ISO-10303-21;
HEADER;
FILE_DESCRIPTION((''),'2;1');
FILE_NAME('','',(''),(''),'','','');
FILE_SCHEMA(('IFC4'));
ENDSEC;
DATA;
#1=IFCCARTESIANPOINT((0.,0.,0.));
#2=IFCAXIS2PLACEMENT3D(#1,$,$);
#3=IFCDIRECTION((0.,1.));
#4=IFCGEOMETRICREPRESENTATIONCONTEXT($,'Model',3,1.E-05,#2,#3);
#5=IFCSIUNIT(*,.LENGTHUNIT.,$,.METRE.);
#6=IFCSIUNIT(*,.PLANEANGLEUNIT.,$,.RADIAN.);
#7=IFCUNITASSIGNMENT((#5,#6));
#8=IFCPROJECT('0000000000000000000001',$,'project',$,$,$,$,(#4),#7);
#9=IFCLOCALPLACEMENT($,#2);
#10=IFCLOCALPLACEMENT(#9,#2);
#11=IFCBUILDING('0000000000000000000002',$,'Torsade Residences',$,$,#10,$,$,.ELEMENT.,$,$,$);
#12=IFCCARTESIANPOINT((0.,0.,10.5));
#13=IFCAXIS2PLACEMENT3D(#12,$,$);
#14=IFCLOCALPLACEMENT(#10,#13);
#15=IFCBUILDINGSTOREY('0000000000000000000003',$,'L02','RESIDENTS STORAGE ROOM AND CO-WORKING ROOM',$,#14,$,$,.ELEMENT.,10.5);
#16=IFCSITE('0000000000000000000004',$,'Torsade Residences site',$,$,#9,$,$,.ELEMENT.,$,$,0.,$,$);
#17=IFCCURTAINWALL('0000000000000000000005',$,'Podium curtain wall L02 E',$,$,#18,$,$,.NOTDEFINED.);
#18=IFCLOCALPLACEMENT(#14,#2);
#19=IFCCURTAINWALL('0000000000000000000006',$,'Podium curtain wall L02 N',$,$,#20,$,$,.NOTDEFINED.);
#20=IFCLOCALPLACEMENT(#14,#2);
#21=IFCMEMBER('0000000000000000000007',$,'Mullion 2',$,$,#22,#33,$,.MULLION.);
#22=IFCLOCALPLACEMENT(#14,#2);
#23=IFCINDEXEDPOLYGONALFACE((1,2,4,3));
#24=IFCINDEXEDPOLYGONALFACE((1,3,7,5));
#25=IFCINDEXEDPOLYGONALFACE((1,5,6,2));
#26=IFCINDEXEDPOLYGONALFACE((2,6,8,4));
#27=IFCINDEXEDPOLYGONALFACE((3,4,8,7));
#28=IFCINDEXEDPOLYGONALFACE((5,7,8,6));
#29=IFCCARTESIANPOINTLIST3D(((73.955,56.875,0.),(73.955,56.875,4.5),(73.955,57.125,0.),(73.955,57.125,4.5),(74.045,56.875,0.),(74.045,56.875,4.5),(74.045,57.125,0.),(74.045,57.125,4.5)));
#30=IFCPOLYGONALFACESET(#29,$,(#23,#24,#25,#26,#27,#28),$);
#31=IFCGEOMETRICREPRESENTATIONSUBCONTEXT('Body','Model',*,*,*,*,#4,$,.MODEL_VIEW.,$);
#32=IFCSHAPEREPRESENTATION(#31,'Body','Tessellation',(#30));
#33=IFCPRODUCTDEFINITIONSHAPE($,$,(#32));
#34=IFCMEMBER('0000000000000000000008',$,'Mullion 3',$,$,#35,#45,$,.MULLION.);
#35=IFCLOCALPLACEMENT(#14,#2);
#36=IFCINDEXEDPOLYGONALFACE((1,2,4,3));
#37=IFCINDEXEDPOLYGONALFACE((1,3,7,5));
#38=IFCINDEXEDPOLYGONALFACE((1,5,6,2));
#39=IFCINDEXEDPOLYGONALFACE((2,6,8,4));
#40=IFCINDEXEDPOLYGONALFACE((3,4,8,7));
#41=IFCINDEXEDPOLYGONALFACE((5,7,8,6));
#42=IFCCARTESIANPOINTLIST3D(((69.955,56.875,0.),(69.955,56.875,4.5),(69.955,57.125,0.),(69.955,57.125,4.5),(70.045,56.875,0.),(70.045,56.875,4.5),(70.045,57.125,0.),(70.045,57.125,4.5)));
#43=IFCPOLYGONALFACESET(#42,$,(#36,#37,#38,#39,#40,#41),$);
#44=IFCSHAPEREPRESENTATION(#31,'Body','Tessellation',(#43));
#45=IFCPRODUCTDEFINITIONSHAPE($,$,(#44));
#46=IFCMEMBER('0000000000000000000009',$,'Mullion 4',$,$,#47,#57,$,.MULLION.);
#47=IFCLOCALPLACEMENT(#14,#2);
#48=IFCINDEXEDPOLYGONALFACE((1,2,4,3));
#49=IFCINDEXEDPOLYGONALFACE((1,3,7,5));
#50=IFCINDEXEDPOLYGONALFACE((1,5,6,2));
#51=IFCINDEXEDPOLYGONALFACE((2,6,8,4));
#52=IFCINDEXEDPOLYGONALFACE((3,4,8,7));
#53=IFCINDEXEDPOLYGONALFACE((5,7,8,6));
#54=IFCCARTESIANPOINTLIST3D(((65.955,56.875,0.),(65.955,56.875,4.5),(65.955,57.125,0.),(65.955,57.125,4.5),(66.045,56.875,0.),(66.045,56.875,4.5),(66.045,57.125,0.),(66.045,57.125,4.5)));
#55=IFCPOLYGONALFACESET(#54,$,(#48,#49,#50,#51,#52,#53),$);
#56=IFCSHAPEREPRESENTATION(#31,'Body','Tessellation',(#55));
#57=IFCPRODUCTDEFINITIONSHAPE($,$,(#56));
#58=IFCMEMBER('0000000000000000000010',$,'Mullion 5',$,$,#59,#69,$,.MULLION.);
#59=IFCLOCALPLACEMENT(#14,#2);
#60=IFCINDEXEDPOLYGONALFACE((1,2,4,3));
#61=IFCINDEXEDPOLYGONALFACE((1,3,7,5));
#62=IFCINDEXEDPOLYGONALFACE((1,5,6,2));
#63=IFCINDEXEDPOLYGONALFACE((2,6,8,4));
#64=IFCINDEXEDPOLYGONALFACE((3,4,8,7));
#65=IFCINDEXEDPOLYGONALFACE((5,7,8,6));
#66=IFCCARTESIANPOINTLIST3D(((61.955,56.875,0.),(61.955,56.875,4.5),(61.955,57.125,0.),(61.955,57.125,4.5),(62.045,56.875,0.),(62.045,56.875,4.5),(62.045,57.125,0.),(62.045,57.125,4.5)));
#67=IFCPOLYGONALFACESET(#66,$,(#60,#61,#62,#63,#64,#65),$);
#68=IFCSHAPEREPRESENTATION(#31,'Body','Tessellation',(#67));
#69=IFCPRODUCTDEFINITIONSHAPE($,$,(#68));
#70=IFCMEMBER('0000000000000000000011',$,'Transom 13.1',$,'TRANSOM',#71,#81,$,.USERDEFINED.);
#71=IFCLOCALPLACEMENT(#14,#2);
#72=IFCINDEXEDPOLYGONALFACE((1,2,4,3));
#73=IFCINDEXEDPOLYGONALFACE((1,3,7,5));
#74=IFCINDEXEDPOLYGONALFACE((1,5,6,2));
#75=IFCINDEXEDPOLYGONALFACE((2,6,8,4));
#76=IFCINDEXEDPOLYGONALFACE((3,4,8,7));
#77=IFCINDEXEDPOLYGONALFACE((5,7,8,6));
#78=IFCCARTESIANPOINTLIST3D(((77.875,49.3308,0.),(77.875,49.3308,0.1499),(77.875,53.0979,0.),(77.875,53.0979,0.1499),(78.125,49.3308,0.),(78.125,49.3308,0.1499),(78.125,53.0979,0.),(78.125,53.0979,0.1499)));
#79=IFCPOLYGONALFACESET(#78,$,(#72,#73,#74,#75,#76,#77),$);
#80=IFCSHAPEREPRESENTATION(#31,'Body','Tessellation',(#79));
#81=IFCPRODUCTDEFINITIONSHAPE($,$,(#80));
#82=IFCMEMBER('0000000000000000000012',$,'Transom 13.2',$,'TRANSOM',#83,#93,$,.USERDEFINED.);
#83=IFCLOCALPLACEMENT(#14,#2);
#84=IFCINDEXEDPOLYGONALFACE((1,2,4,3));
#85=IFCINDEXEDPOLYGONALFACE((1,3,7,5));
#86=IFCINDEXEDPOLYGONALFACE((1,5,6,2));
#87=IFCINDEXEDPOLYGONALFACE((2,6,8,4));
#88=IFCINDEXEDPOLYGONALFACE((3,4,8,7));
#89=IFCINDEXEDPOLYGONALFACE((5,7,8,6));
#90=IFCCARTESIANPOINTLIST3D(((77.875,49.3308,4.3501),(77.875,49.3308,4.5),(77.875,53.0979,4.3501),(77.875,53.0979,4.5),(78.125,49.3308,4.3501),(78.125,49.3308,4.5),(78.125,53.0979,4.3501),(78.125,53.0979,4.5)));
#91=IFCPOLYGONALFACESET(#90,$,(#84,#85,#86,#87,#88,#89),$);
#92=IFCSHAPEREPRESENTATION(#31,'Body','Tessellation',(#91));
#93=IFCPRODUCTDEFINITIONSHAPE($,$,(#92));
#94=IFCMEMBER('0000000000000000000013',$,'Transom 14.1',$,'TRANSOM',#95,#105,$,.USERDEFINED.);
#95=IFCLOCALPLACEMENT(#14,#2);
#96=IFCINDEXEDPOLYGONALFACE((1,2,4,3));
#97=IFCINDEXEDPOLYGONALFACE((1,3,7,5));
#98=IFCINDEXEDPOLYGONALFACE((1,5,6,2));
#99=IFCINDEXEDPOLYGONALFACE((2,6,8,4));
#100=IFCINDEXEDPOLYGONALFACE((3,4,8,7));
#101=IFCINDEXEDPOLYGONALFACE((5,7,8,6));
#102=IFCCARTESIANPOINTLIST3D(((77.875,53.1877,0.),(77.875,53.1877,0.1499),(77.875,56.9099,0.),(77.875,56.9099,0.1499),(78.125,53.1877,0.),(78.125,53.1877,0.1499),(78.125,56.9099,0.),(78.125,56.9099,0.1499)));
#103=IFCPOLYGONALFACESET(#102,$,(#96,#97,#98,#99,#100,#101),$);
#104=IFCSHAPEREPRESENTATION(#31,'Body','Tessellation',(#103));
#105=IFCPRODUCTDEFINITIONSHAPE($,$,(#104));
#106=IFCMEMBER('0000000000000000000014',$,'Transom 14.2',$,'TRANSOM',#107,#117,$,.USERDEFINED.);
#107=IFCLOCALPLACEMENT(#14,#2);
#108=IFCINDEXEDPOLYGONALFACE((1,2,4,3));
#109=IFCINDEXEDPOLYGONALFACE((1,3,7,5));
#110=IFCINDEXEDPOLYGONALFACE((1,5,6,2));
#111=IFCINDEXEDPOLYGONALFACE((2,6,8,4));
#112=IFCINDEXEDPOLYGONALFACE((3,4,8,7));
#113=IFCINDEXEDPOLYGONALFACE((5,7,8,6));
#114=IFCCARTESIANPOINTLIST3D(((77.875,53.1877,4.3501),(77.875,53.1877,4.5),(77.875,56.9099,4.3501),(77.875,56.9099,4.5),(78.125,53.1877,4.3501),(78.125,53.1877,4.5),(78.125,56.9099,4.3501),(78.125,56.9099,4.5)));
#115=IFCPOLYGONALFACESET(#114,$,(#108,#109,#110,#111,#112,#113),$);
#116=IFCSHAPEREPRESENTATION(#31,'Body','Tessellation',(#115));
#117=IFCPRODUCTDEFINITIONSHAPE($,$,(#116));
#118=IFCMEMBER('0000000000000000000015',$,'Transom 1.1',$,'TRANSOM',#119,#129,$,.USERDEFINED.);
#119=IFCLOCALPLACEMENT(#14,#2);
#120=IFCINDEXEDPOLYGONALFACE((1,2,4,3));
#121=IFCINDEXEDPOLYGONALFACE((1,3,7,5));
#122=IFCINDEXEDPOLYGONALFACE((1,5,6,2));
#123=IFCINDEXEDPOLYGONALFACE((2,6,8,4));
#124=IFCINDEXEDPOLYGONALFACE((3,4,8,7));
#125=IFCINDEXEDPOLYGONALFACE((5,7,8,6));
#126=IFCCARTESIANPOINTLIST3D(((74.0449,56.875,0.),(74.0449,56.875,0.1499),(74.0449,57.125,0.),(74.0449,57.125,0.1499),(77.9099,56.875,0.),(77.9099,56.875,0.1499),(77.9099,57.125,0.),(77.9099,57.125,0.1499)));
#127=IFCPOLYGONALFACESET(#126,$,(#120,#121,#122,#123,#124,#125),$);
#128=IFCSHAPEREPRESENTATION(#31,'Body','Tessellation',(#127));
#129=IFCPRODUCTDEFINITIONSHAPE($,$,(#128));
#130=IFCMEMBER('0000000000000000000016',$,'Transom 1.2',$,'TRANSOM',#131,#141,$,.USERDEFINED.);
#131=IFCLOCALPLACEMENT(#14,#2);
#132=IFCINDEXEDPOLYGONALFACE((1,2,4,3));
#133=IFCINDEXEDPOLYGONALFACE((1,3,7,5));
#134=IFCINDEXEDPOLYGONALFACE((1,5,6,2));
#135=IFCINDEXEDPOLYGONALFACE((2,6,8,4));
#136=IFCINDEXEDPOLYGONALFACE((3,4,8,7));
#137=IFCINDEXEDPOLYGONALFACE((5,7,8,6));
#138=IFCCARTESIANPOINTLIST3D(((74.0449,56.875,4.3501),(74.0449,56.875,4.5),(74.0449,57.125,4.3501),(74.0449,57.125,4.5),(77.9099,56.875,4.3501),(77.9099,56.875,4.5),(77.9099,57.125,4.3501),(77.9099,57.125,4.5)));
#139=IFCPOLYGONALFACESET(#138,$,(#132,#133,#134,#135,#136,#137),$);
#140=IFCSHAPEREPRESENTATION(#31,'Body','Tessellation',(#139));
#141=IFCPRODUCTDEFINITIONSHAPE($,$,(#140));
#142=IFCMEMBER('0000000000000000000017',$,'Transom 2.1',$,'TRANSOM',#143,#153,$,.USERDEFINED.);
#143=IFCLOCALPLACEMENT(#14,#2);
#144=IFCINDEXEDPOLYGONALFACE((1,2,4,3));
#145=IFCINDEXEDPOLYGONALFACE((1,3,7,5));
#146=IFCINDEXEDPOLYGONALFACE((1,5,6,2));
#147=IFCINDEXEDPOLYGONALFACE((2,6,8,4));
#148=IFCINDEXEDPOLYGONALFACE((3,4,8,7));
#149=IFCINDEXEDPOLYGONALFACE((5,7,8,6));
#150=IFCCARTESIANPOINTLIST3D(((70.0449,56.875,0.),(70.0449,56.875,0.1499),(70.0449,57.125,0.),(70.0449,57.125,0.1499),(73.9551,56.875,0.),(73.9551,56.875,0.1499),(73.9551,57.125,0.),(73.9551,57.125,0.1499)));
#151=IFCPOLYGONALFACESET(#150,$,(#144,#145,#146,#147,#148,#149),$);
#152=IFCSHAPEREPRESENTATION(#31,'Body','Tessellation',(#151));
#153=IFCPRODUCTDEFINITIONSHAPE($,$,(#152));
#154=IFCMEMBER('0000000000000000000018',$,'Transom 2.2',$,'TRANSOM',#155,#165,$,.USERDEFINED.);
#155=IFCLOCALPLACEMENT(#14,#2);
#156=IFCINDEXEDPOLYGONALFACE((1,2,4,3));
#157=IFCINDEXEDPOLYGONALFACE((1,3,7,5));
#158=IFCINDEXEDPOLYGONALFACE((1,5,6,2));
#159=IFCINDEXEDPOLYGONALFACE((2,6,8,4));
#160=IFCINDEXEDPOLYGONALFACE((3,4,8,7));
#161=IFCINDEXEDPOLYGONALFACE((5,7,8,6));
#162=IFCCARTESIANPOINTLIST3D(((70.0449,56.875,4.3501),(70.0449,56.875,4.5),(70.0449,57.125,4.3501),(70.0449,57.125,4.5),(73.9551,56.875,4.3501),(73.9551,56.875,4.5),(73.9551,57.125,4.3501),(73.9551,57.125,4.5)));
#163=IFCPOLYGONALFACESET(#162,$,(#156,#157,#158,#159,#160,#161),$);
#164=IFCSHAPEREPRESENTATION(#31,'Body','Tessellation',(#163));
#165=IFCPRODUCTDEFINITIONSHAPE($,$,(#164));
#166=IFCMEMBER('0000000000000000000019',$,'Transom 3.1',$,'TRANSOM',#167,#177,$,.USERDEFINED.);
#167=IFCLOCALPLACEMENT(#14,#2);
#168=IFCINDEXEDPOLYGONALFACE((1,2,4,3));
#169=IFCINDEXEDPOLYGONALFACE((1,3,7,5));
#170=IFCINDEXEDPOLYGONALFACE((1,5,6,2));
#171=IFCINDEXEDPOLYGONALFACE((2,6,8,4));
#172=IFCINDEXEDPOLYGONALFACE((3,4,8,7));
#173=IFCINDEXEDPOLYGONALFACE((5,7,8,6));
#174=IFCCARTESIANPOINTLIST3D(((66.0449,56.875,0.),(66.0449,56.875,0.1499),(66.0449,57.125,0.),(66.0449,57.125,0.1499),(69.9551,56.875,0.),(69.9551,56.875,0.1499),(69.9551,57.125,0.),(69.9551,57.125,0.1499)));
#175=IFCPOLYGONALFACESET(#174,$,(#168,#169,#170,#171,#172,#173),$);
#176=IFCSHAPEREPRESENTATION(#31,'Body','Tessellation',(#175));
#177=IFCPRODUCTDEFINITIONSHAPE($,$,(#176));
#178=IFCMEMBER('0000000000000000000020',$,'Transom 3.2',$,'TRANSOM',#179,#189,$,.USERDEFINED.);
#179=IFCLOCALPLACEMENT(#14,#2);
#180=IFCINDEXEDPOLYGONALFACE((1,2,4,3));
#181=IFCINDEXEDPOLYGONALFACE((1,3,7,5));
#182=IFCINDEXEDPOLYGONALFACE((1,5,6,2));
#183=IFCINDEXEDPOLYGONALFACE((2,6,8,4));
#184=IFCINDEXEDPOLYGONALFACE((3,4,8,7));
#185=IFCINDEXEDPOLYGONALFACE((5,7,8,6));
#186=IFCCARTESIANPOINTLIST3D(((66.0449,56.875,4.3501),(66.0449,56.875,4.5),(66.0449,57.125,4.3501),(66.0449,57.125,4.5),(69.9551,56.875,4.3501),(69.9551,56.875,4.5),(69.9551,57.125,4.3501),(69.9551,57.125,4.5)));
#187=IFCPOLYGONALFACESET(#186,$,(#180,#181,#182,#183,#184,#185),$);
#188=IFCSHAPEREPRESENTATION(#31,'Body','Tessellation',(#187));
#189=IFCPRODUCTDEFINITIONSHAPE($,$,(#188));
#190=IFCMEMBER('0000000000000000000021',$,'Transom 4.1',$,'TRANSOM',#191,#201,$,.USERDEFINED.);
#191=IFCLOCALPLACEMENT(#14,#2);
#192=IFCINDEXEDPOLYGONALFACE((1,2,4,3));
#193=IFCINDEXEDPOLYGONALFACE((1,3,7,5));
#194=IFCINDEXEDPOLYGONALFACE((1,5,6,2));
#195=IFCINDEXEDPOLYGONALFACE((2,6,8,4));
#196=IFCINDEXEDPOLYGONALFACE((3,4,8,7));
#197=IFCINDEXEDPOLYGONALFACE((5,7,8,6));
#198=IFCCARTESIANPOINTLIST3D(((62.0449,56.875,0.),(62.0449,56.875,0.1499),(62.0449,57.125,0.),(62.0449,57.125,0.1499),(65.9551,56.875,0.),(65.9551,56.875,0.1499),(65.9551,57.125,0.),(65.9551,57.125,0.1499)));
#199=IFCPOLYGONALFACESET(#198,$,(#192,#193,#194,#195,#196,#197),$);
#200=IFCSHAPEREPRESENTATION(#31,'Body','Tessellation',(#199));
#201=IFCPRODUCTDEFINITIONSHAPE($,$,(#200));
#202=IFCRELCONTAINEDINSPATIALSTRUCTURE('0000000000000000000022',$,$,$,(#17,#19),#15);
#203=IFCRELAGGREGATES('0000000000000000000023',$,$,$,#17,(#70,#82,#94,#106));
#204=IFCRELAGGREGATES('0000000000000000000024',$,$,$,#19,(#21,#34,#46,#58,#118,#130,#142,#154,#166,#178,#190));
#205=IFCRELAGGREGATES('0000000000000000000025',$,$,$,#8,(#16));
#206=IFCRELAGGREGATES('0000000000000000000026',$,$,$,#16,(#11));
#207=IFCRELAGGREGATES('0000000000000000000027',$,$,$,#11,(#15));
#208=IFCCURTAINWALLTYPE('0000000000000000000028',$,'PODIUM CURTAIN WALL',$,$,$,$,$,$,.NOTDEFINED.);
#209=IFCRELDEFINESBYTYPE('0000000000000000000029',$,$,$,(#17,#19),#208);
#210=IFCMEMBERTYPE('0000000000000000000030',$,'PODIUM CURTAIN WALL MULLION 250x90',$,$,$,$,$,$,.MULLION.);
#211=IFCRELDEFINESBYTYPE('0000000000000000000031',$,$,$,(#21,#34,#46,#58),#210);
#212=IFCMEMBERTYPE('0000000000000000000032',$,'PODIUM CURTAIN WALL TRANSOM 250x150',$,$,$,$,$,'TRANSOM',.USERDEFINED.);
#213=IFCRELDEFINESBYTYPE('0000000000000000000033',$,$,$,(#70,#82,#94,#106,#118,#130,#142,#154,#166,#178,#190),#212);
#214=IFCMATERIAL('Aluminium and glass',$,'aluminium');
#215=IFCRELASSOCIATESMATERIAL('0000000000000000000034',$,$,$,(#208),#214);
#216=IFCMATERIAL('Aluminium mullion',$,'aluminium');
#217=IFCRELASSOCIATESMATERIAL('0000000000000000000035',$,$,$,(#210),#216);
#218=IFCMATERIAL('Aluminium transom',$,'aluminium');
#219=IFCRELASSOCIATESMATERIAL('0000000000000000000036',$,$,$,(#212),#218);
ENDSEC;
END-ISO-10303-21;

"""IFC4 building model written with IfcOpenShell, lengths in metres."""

from ifc_helpers import new_model, si_unit, direction, frame, origin, origin_2d, place, context, subcontext, project, spatial, rectangle, extrude, material, material_profile, profile_set, type_object, element, aggregate, save


model = new_model("IFC4")

# Units and contexts
model_context = context("Model", 3, precision=1e-05, world=origin(), true_north=direction((0.0, 1.0)))
body_context = subcontext(model_context, "Body", "Model", "MODEL_VIEW")
ifc_project = project(units=[si_unit("LENGTHUNIT", "METRE"), si_unit("PLANEANGLEUNIT", "RADIAN")], contexts=[model_context])

# Site, building, storey
site_placement = place(None, origin())
site = spatial("IfcSite", under=ifc_project, at=site_placement, Name="Torsade Residences site", CompositionType="ELEMENT", RefElevation=0.0)
building_placement = place(site_placement, origin())
building = spatial("IfcBuilding", under=site, at=building_placement, Name="Torsade Residences", CompositionType="ELEMENT")
storey_placement = place(building_placement, frame((0.0, 0.0, 10.5)))
storey = spatial("IfcBuildingStorey", under=building, at=storey_placement, Name="L02", Description="RESIDENTS STORAGE ROOM AND CO-WORKING ROOM", CompositionType="ELEMENT", Elevation=10.5)

# Curtain walls, members
ifc_material_1 = material(Name="Aluminium and glass", Category="aluminium")
curtain_wall_type = type_object("IfcCurtainWallType", Name="PODIUM CURTAIN WALL", PredefinedType="NOTDEFINED", material=ifc_material_1)
curtain_wall_1_placement = place(storey_placement, origin())
curtain_wall_1 = element("IfcCurtainWall", 1, at=curtain_wall_1_placement, inside=storey, type_object=curtain_wall_type, Name="Podium curtain wall L02 E", PredefinedType="NOTDEFINED")
ifc_material_2 = material(Name="Aluminium mullion", Category="aluminium")
ifc_material_profile_1 = material_profile(ifc_material_2, rectangle(XDim=0.25, YDim=0.0901, at=origin_2d()), Name="PODIUM CURTAIN WALL MULLION 250x90")
ifc_profile_set_1 = profile_set([ifc_material_profile_1], Name="Aluminium mullion")
member_type_1 = type_object("IfcMemberType", Name="PODIUM CURTAIN WALL MULLION 250x90", PredefinedType="MULLION", material=ifc_profile_set_1)
curtain_wall_2_placement = place(storey_placement, origin())
curtain_wall_2 = element("IfcCurtainWall", 2, at=curtain_wall_2_placement, inside=storey, type_object=curtain_wall_type, Name="Podium curtain wall L02 N", PredefinedType="NOTDEFINED")
member_1_placement = place(storey_placement, frame((74.0, 57.0, 0.0), z_axis=(0.0, 0.0, 1.0), x_axis=(0.0, -1.0, 0.0)))
member_1 = element("IfcMember", 3, at=member_1_placement, type_object=member_type_1, Name="Mullion 2", PredefinedType="MULLION", context=body_context, shape_type="SweptSolid", body=[
    extrude(rectangle(XDim=0.25, YDim=0.0901, at=origin_2d()), origin(), (0.0, 0.0, 1.0), 4.5),
])
member_2_placement = place(storey_placement, frame((70.0, 57.0, 0.0), z_axis=(0.0, 0.0, 1.0), x_axis=(0.0, -1.0, 0.0)))
member_2 = element("IfcMember", 4, at=member_2_placement, type_object=member_type_1, Name="Mullion 3", PredefinedType="MULLION", context=body_context, shape_type="SweptSolid", body=[
    extrude(rectangle(XDim=0.25, YDim=0.0901, at=origin_2d()), origin(), (0.0, 0.0, 1.0), 4.5),
])
member_3_placement = place(storey_placement, frame((66.0, 57.0, 0.0), z_axis=(0.0, 0.0, 1.0), x_axis=(0.0, -1.0, 0.0)))
member_3 = element("IfcMember", 5, at=member_3_placement, type_object=member_type_1, Name="Mullion 4", PredefinedType="MULLION", context=body_context, shape_type="SweptSolid", body=[
    extrude(rectangle(XDim=0.25, YDim=0.0901, at=origin_2d()), origin(), (0.0, 0.0, 1.0), 4.5),
])
member_4_placement = place(storey_placement, frame((62.0, 57.0, 0.0), z_axis=(0.0, 0.0, 1.0), x_axis=(0.0, -1.0, 0.0)))
member_4 = element("IfcMember", 6, at=member_4_placement, type_object=member_type_1, Name="Mullion 5", PredefinedType="MULLION", context=body_context, shape_type="SweptSolid", body=[
    extrude(rectangle(XDim=0.25, YDim=0.0901, at=origin_2d()), origin(), (0.0, 0.0, 1.0), 4.5),
])

# Members
ifc_material_3 = material(Name="Aluminium transom", Category="aluminium")
ifc_material_profile_2 = material_profile(ifc_material_3, rectangle(XDim=0.25, YDim=0.1499, at=origin_2d()), Name="PODIUM CURTAIN WALL TRANSOM 250x150")
ifc_profile_set_2 = profile_set([ifc_material_profile_2], Name="Aluminium transom")
member_type_2 = type_object("IfcMemberType", Name="PODIUM CURTAIN WALL TRANSOM 250x150", ElementType="TRANSOM", PredefinedType="USERDEFINED", material=ifc_profile_set_2)
member_5_placement = place(storey_placement, frame((78.0, 49.3308, 0.075), z_axis=(0.0, 1.0, 0.0), x_axis=(-1.0, 0.0, 0.0)))
member_5 = element("IfcMember", 7, at=member_5_placement, type_object=member_type_2, Name="Transom 13.1", ObjectType="TRANSOM", PredefinedType="USERDEFINED", context=body_context, shape_type="SweptSolid", body=[
    extrude(rectangle(XDim=0.25, YDim=0.1499, at=origin_2d()), origin(), (0.0, 0.0, 1.0), 3.7671),
])
member_6_placement = place(storey_placement, frame((78.0, 49.3308, 4.425), z_axis=(0.0, 1.0, 0.0), x_axis=(-1.0, 0.0, 0.0)))
member_6 = element("IfcMember", 8, at=member_6_placement, type_object=member_type_2, Name="Transom 13.2", ObjectType="TRANSOM", PredefinedType="USERDEFINED", context=body_context, shape_type="SweptSolid", body=[
    extrude(rectangle(XDim=0.25, YDim=0.1499, at=origin_2d()), origin(), (0.0, 0.0, 1.0), 3.7671),
])
member_7_placement = place(storey_placement, frame((78.0, 53.1877, 0.075), z_axis=(0.0, 1.0, 0.0), x_axis=(-1.0, 0.0, 0.0)))
member_7 = element("IfcMember", 9, at=member_7_placement, type_object=member_type_2, Name="Transom 14.1", ObjectType="TRANSOM", PredefinedType="USERDEFINED", context=body_context, shape_type="SweptSolid", body=[
    extrude(rectangle(XDim=0.25, YDim=0.1499, at=origin_2d()), origin(), (0.0, 0.0, 1.0), 3.7222),
])
member_8_placement = place(storey_placement, frame((78.0, 53.1877, 4.425), z_axis=(0.0, 1.0, 0.0), x_axis=(-1.0, 0.0, 0.0)))
member_8 = element("IfcMember", 10, at=member_8_placement, type_object=member_type_2, Name="Transom 14.2", ObjectType="TRANSOM", PredefinedType="USERDEFINED", context=body_context, shape_type="SweptSolid", body=[
    extrude(rectangle(XDim=0.25, YDim=0.1499, at=origin_2d()), origin(), (0.0, 0.0, 1.0), 3.7222),
])
member_9_placement = place(storey_placement, frame((77.9099, 57.0, 0.075), z_axis=(-1.0, 0.0, 0.0), x_axis=(0.0, -1.0, 0.0)))
member_9 = element("IfcMember", 11, at=member_9_placement, type_object=member_type_2, Name="Transom 1.1", ObjectType="TRANSOM", PredefinedType="USERDEFINED", context=body_context, shape_type="SweptSolid", body=[
    extrude(rectangle(XDim=0.25, YDim=0.1499, at=origin_2d()), origin(), (0.0, 0.0, 1.0), 3.865),
])
member_10_placement = place(storey_placement, frame((77.9099, 57.0, 4.425), z_axis=(-1.0, 0.0, 0.0), x_axis=(0.0, -1.0, 0.0)))
member_10 = element("IfcMember", 12, at=member_10_placement, type_object=member_type_2, Name="Transom 1.2", ObjectType="TRANSOM", PredefinedType="USERDEFINED", context=body_context, shape_type="SweptSolid", body=[
    extrude(rectangle(XDim=0.25, YDim=0.1499, at=origin_2d()), origin(), (0.0, 0.0, 1.0), 3.865),
])
member_11_placement = place(storey_placement, frame((73.9551, 57.0, 0.075), z_axis=(-1.0, 0.0, 0.0), x_axis=(0.0, -1.0, 0.0)))
member_11 = element("IfcMember", 13, at=member_11_placement, type_object=member_type_2, Name="Transom 2.1", ObjectType="TRANSOM", PredefinedType="USERDEFINED", context=body_context, shape_type="SweptSolid", body=[
    extrude(rectangle(XDim=0.25, YDim=0.1499, at=origin_2d()), origin(), (0.0, 0.0, 1.0), 3.9102),
])
member_12_placement = place(storey_placement, frame((73.9551, 57.0, 4.425), z_axis=(-1.0, 0.0, 0.0), x_axis=(0.0, -1.0, 0.0)))
member_12 = element("IfcMember", 14, at=member_12_placement, type_object=member_type_2, Name="Transom 2.2", ObjectType="TRANSOM", PredefinedType="USERDEFINED", context=body_context, shape_type="SweptSolid", body=[
    extrude(rectangle(XDim=0.25, YDim=0.1499, at=origin_2d()), origin(), (0.0, 0.0, 1.0), 3.9102),
])
member_13_placement = place(storey_placement, frame((69.9551, 57.0, 0.075), z_axis=(-1.0, 0.0, 0.0), x_axis=(0.0, -1.0, 0.0)))
member_13 = element("IfcMember", 15, at=member_13_placement, type_object=member_type_2, Name="Transom 3.1", ObjectType="TRANSOM", PredefinedType="USERDEFINED", context=body_context, shape_type="SweptSolid", body=[
    extrude(rectangle(XDim=0.25, YDim=0.1499, at=origin_2d()), origin(), (0.0, 0.0, 1.0), 3.9102),
])
member_14_placement = place(storey_placement, frame((69.9551, 57.0, 4.425), z_axis=(-1.0, 0.0, 0.0), x_axis=(0.0, -1.0, 0.0)))
member_14 = element("IfcMember", 16, at=member_14_placement, type_object=member_type_2, Name="Transom 3.2", ObjectType="TRANSOM", PredefinedType="USERDEFINED", context=body_context, shape_type="SweptSolid", body=[
    extrude(rectangle(XDim=0.25, YDim=0.1499, at=origin_2d()), origin(), (0.0, 0.0, 1.0), 3.9102),
])
member_15_placement = place(storey_placement, frame((65.9551, 57.0, 0.075), z_axis=(-1.0, 0.0, 0.0), x_axis=(0.0, -1.0, 0.0)))
member_15 = element("IfcMember", 17, at=member_15_placement, type_object=member_type_2, Name="Transom 4.1", ObjectType="TRANSOM", PredefinedType="USERDEFINED", context=body_context, shape_type="SweptSolid", body=[
    extrude(rectangle(XDim=0.25, YDim=0.1499, at=origin_2d()), origin(), (0.0, 0.0, 1.0), 3.9102),
])

aggregate(curtain_wall_1, [member_5, member_6, member_7, member_8])
aggregate(curtain_wall_2, [member_1, member_2, member_3, member_4, member_9, member_10, member_11, member_12, member_13, member_14, member_15])

save(model, "model.ifc")
